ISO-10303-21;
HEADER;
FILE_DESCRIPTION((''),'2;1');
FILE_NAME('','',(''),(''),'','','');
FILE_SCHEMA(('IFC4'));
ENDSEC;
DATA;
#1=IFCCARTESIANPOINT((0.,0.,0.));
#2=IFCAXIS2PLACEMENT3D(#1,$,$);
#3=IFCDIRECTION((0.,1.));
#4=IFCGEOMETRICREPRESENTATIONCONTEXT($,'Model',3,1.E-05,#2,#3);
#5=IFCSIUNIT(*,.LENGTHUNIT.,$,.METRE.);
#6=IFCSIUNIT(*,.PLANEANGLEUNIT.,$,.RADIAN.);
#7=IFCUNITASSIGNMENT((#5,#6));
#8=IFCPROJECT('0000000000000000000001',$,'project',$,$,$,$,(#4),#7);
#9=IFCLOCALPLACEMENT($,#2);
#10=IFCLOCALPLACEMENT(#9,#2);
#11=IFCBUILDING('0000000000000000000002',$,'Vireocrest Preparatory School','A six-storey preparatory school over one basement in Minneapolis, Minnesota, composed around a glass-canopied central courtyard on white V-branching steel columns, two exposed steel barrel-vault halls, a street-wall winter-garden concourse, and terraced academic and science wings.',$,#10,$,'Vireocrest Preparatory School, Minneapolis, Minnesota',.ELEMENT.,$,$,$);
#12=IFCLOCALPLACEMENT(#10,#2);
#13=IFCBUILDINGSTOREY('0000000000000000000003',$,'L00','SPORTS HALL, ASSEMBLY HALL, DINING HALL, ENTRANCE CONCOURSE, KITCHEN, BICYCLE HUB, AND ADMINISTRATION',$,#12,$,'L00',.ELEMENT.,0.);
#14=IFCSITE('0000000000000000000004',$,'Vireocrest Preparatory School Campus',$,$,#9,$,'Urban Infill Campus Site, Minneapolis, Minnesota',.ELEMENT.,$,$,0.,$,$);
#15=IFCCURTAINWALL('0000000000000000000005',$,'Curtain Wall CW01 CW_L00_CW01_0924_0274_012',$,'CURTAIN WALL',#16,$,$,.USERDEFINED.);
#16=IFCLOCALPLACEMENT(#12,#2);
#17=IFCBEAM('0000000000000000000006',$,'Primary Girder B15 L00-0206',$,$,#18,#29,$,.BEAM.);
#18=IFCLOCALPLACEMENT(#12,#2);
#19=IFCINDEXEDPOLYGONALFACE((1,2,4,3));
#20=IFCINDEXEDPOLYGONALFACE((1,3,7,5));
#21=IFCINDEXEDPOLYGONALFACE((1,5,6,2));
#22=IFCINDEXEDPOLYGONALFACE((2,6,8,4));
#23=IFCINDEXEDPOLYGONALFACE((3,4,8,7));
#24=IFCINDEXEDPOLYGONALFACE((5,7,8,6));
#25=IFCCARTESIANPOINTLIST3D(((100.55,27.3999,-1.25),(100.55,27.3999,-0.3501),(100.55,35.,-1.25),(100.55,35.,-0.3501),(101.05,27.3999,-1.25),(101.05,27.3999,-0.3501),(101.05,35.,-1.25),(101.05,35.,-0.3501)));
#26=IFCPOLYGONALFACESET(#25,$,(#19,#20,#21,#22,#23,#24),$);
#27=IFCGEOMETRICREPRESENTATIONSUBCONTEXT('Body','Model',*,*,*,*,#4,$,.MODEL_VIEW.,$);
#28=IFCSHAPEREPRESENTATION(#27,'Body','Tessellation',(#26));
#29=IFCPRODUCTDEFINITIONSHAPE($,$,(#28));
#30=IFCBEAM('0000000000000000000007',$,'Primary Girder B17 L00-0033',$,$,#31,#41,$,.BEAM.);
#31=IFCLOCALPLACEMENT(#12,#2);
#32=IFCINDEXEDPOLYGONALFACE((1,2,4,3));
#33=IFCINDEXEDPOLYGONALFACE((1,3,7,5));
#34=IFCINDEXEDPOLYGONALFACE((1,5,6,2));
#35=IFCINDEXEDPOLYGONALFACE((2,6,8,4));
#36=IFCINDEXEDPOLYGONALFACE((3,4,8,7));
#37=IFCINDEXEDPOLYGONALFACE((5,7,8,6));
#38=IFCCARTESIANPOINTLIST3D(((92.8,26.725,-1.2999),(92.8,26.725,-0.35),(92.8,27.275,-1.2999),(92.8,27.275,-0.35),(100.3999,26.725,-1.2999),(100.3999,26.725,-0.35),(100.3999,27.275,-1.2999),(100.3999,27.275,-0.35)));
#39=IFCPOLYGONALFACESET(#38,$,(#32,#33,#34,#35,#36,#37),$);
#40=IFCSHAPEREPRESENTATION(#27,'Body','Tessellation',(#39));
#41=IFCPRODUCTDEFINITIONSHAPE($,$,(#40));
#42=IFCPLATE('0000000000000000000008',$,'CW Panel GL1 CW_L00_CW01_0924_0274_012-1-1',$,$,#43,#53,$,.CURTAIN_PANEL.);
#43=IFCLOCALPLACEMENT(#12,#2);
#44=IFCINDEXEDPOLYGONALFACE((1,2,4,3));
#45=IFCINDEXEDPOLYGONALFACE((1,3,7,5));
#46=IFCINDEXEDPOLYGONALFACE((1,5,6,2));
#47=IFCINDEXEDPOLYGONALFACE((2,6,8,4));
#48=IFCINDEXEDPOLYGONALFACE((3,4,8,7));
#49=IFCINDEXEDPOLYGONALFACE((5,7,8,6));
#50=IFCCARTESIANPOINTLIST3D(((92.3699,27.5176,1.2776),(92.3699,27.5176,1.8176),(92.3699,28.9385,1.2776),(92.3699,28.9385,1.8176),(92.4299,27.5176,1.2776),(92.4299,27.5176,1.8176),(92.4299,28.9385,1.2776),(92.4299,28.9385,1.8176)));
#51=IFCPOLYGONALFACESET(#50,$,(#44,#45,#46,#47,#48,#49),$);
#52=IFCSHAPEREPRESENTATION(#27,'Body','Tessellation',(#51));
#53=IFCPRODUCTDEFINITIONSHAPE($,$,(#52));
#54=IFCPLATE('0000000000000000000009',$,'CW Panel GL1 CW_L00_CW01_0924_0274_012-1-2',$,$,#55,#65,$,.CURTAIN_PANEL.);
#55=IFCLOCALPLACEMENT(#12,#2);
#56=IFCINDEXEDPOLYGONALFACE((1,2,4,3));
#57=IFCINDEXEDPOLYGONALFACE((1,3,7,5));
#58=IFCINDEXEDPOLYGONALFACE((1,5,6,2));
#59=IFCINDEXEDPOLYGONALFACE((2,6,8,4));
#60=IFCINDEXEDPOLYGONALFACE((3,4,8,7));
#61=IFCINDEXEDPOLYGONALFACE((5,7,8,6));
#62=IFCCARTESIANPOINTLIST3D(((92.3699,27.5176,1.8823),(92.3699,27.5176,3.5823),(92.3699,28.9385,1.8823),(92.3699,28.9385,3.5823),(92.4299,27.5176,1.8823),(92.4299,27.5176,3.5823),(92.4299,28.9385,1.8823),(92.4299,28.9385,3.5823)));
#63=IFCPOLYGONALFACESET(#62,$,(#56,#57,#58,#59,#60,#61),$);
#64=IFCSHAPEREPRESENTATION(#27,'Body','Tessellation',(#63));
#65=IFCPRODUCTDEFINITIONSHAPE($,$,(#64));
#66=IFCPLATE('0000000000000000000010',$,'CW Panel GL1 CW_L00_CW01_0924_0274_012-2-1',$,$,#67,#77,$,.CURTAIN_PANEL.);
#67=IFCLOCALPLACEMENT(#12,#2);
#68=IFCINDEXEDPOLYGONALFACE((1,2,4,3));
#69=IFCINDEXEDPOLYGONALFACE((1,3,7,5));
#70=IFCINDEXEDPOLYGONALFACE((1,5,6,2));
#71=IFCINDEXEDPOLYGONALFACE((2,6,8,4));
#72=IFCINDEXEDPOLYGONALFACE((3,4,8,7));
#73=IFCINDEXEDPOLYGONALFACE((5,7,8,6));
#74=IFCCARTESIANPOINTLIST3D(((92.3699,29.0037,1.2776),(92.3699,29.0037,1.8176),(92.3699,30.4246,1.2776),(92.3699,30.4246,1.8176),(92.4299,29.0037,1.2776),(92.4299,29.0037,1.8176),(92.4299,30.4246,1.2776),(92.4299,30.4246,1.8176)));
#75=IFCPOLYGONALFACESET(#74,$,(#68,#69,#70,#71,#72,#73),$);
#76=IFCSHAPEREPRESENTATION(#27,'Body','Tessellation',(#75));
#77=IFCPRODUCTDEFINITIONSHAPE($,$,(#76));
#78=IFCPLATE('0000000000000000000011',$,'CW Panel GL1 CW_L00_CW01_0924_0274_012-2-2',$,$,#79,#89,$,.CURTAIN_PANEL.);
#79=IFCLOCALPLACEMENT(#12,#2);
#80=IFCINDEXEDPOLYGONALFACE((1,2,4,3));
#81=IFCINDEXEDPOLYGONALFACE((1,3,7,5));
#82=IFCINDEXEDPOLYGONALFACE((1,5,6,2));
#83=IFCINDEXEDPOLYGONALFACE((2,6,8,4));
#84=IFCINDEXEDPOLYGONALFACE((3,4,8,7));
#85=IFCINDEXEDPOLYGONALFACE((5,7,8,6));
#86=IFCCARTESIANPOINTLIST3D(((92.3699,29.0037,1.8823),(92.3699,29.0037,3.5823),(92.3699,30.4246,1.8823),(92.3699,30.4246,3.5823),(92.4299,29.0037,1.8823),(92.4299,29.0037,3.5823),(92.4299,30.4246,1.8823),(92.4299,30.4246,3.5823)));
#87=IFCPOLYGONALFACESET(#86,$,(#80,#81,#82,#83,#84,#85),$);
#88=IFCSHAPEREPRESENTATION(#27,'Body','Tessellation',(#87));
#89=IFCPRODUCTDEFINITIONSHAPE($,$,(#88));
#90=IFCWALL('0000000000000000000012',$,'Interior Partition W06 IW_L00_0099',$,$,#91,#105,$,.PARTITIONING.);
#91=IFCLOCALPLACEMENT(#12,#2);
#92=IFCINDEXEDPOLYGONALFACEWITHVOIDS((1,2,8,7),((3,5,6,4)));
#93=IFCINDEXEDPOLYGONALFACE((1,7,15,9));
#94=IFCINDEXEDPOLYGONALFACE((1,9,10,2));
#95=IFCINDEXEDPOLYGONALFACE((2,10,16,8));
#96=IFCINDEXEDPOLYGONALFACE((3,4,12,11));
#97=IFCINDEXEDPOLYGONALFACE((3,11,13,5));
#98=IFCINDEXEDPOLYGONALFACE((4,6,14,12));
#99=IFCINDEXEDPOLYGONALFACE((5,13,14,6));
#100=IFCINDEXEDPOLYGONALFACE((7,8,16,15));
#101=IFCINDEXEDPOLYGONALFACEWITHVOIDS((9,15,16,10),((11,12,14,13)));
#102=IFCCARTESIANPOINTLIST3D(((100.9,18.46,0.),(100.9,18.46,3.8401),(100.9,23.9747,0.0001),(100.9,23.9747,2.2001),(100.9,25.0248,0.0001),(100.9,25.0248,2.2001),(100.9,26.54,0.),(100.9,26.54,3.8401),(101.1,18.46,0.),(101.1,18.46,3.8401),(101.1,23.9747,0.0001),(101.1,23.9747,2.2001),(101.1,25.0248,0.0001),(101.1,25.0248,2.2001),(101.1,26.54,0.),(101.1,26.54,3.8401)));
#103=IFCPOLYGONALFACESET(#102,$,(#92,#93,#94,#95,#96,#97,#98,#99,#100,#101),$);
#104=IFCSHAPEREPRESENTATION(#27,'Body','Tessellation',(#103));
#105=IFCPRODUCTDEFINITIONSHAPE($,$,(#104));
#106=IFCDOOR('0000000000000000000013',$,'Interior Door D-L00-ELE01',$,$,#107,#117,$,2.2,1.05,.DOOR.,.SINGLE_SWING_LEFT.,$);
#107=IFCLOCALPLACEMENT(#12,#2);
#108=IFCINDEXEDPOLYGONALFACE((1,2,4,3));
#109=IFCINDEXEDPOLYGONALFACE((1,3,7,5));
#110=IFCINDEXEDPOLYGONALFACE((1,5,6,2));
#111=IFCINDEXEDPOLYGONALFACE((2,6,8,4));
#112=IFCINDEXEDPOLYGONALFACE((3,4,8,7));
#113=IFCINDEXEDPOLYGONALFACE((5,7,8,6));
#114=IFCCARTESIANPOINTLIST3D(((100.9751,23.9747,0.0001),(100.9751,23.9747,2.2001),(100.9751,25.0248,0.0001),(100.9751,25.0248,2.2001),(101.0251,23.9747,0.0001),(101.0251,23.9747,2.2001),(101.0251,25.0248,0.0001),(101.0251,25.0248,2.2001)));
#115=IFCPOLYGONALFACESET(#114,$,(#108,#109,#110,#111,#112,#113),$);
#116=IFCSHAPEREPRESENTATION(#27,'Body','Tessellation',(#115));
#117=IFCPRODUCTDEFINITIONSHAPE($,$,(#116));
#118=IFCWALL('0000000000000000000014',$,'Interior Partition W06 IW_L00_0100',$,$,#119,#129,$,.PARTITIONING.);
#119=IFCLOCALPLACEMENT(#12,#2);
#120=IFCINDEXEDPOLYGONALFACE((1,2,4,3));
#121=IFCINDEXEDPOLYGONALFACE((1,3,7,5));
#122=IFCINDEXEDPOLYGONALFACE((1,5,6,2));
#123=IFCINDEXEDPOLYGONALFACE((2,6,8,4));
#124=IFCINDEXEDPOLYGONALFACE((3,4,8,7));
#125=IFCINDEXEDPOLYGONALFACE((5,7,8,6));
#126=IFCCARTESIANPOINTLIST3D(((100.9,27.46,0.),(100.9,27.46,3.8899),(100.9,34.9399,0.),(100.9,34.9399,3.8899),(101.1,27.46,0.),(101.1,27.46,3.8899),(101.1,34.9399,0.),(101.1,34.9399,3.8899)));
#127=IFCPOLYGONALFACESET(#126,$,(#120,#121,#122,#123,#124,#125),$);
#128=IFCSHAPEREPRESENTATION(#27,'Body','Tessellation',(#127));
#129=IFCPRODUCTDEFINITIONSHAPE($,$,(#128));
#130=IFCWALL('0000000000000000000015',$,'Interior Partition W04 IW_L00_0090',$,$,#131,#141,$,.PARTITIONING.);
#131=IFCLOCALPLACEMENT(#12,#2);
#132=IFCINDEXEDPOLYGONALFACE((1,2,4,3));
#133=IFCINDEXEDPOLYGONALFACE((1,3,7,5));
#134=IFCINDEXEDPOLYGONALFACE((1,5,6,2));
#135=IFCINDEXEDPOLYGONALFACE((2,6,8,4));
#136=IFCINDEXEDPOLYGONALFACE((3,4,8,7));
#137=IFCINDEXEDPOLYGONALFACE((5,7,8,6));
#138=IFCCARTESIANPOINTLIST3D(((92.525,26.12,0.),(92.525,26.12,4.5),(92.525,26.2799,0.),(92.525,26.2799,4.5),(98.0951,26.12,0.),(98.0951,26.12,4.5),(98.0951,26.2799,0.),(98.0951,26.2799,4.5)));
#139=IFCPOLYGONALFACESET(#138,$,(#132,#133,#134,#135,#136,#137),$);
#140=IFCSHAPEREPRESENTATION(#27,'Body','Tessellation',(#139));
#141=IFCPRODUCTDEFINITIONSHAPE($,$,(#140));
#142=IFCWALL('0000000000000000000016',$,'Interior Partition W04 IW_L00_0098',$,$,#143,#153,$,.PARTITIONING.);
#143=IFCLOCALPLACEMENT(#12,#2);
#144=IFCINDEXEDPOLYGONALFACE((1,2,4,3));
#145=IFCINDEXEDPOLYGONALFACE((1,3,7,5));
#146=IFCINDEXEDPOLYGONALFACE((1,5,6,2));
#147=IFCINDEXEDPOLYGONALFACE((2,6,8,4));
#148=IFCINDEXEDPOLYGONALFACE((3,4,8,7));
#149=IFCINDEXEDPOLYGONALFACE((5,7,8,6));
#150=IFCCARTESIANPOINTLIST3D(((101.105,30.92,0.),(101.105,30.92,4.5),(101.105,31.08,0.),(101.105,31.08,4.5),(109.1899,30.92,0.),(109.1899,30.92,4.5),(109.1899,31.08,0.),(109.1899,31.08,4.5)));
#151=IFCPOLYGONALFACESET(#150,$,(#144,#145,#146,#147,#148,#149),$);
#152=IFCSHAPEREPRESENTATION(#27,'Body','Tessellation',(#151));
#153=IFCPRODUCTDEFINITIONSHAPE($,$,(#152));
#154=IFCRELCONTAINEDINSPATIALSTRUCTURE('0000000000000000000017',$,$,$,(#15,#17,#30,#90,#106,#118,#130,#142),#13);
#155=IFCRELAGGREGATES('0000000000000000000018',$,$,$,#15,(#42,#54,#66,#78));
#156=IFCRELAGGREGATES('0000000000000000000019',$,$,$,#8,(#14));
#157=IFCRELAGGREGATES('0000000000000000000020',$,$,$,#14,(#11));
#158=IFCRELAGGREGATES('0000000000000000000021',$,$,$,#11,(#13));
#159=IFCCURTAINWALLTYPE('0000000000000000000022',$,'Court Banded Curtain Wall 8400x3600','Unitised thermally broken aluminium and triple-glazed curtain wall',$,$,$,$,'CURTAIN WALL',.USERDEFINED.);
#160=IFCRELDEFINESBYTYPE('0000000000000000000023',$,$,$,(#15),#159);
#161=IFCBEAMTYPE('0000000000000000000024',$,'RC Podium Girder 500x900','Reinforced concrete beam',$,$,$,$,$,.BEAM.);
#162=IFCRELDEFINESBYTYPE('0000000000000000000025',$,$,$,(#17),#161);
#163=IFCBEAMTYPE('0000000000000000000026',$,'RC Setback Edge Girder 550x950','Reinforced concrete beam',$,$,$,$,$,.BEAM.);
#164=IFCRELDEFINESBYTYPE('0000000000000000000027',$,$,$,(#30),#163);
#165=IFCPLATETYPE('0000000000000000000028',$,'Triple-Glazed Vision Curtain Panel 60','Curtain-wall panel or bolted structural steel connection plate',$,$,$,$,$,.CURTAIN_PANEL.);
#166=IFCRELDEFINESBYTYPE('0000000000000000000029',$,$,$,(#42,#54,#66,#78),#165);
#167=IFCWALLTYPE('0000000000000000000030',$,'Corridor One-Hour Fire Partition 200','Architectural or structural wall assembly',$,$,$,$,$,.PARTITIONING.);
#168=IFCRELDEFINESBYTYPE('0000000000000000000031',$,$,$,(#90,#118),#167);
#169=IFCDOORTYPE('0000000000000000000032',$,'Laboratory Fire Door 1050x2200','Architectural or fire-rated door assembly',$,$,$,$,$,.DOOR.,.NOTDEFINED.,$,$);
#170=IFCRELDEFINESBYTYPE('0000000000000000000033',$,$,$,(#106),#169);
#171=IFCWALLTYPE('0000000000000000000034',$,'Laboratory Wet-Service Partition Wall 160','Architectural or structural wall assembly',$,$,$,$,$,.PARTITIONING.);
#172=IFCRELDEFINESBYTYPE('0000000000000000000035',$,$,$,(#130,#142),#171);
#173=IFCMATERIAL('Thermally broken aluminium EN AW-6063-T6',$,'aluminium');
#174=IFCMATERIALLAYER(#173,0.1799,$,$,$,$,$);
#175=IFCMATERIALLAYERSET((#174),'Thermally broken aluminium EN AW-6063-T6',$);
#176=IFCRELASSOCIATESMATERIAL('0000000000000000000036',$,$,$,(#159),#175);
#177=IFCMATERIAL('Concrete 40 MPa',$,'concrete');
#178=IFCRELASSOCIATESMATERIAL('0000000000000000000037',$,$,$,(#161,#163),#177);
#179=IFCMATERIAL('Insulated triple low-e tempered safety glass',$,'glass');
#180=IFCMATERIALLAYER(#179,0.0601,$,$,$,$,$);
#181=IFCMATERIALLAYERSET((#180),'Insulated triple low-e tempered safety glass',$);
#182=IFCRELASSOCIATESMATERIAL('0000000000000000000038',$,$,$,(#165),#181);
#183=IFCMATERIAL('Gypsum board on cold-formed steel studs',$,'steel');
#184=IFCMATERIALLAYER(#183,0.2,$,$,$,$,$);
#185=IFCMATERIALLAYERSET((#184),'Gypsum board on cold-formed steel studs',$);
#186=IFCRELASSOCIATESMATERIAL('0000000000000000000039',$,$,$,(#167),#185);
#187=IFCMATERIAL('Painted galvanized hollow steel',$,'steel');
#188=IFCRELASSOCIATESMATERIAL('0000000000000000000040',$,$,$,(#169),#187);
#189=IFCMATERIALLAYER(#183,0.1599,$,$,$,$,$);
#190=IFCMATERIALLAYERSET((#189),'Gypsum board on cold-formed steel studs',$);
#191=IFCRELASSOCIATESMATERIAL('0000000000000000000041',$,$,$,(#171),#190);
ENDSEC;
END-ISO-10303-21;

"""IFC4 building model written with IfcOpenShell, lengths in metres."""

from ifc_helpers import new_model, si_unit, direction, frame, frame_2d, origin, origin_2d, place, context, subcontext, project, spatial, rectangle, extrude, material, layer, layer_set, material_profile, profile_set, type_object, element, fill, aggregate, save


model = new_model("IFC4")

# Units and contexts
model_context = context("Model", 3, precision=1e-05, world=origin(), true_north=direction((0.0, 1.0)))
body_context = subcontext(model_context, "Body", "Model", "MODEL_VIEW")
ifc_project = project(units=[si_unit("LENGTHUNIT", "METRE"), si_unit("PLANEANGLEUNIT", "RADIAN")], contexts=[model_context])

# Site, building, storey
site_placement = place(None, origin())
site = spatial("IfcSite", under=ifc_project, at=site_placement, Name="Vireocrest Preparatory School Campus", LongName="Urban Infill Campus Site, Minneapolis, Minnesota", CompositionType="ELEMENT", RefElevation=0.0)
building_placement = place(site_placement, origin())
building = spatial("IfcBuilding", under=site, at=building_placement, Name="Vireocrest Preparatory School", Description="A six-storey preparatory school over one basement in Minneapolis, Minnesota, composed around a glass-canopied central courtyard on white V-branching steel columns, two exposed steel barrel-vault halls, a street-wall winter-garden concourse, and terraced academic and science wings.", LongName="Vireocrest Preparatory School, Minneapolis, Minnesota", CompositionType="ELEMENT")
storey_placement = place(building_placement, origin())
storey = spatial("IfcBuildingStorey", under=building, at=storey_placement, Name="L00", Description="SPORTS HALL, ASSEMBLY HALL, DINING HALL, ENTRANCE CONCOURSE, KITCHEN, BICYCLE HUB, AND ADMINISTRATION", LongName="L00", CompositionType="ELEMENT", Elevation=0.0)

# Curtain wall
ifc_material_1 = material(Name="Thermally broken aluminium EN AW-6063-T6", Category="aluminium")
ifc_layer_1 = layer(ifc_material_1, 0.1799)
ifc_layer_set_1 = layer_set([ifc_layer_1], Name="Thermally broken aluminium EN AW-6063-T6")
curtain_wall_type = type_object("IfcCurtainWallType", Name="Court Banded Curtain Wall 8400x3600", Description="Unitised thermally broken aluminium and triple-glazed curtain wall", ElementType="CURTAIN WALL", PredefinedType="USERDEFINED", material=ifc_layer_set_1)
curtain_wall_placement = place(storey_placement, origin())
curtain_wall = element("IfcCurtainWall", 1, at=curtain_wall_placement, inside=storey, type_object=curtain_wall_type, Name="Curtain Wall CW01 CW_L00_CW01_0924_0274_012", ObjectType="CURTAIN WALL", PredefinedType="USERDEFINED")

# Beams
ifc_material_2 = material(Name="Concrete 40 MPa", Category="concrete")
ifc_material_profile_1 = material_profile(ifc_material_2, rectangle(XDim=0.5, YDim=0.8999, at=origin_2d()), Name="RC 500x900")
ifc_profile_set_1 = profile_set([ifc_material_profile_1], Name="Concrete 40 MPa")
beam_type_1 = type_object("IfcBeamType", Name="RC Podium Girder 500x900", Description="Reinforced concrete beam", PredefinedType="BEAM", material=ifc_profile_set_1)
beam_1_placement = place(storey_placement, frame((100.8, 27.3999, -0.8), z_axis=(0.0, 1.0, 0.0), x_axis=(-1.0, 0.0, 0.0)))
element("IfcBeam", 2, at=beam_1_placement, inside=storey, type_object=beam_type_1, Name="Primary Girder B15 L00-0206", PredefinedType="BEAM", context=body_context, shape_type="SweptSolid", body=[
    extrude(rectangle(XDim=0.5, YDim=0.8999, at=origin_2d()), origin(), (0.0, 0.0, 1.0), 7.6001),
])
ifc_material_profile_2 = material_profile(ifc_material_2, rectangle(XDim=0.55, YDim=0.95, at=origin_2d()), Name="RC 550x950")
ifc_profile_set_2 = profile_set([ifc_material_profile_2], Name="Concrete 40 MPa")
beam_type_2 = type_object("IfcBeamType", Name="RC Setback Edge Girder 550x950", Description="Reinforced concrete beam", PredefinedType="BEAM", material=ifc_profile_set_2)
beam_2_placement = place(storey_placement, frame((92.8, 27.0, -0.825), z_axis=(1.0, 0.0, 0.0), x_axis=(0.0, 1.0, 0.0)))
element("IfcBeam", 3, at=beam_2_placement, inside=storey, type_object=beam_type_2, Name="Primary Girder B17 L00-0033", PredefinedType="BEAM", context=body_context, shape_type="SweptSolid", body=[
    extrude(rectangle(XDim=0.55, YDim=0.95, at=origin_2d()), origin(), (0.0, 0.0, 1.0), 7.5999),
])

# Plates
ifc_material_3 = material(Name="Insulated triple low-e tempered safety glass", Category="glass")
ifc_layer_2 = layer(ifc_material_3, 0.0601)
ifc_layer_set_2 = layer_set([ifc_layer_2], Name="Insulated triple low-e tempered safety glass")
plate_type = type_object("IfcPlateType", Name="Triple-Glazed Vision Curtain Panel 60", Description="Curtain-wall panel or bolted structural steel connection plate", PredefinedType="CURTAIN_PANEL", material=ifc_layer_set_2)
plate_1_placement = place(storey_placement, frame((92.3999, 28.228, 1.2776), z_axis=(0.0, 0.0, 1.0), x_axis=(0.0, 1.0, 0.0)))
plate_1 = element("IfcPlate", 4, at=plate_1_placement, type_object=plate_type, Name="CW Panel GL1 CW_L00_CW01_0924_0274_012-1-1", PredefinedType="CURTAIN_PANEL", context=body_context, shape_type="SweptSolid", body=[
    extrude(rectangle(XDim=1.4209, YDim=0.0601, at=origin_2d()), origin(), (0.0, 0.0, 1.0), 0.54),
])
plate_2_placement = place(storey_placement, frame((92.3999, 28.228, 1.8823), z_axis=(0.0, 0.0, 1.0), x_axis=(0.0, 1.0, 0.0)))
plate_2 = element("IfcPlate", 5, at=plate_2_placement, type_object=plate_type, Name="CW Panel GL1 CW_L00_CW01_0924_0274_012-1-2", PredefinedType="CURTAIN_PANEL", context=body_context, shape_type="SweptSolid", body=[
    extrude(rectangle(XDim=1.4209, YDim=0.0601, at=origin_2d()), origin(), (0.0, 0.0, 1.0), 1.7),
])
plate_3_placement = place(storey_placement, frame((92.3999, 29.7141, 1.2776), z_axis=(0.0, 0.0, 1.0), x_axis=(0.0, 1.0, 0.0)))
plate_3 = element("IfcPlate", 6, at=plate_3_placement, type_object=plate_type, Name="CW Panel GL1 CW_L00_CW01_0924_0274_012-2-1", PredefinedType="CURTAIN_PANEL", context=body_context, shape_type="SweptSolid", body=[
    extrude(rectangle(XDim=1.4209, YDim=0.0601, at=origin_2d()), origin(), (0.0, 0.0, 1.0), 0.54),
])
plate_4_placement = place(storey_placement, frame((92.3999, 29.7141, 1.8823), z_axis=(0.0, 0.0, 1.0), x_axis=(0.0, 1.0, 0.0)))
plate_4 = element("IfcPlate", 7, at=plate_4_placement, type_object=plate_type, Name="CW Panel GL1 CW_L00_CW01_0924_0274_012-2-2", PredefinedType="CURTAIN_PANEL", context=body_context, shape_type="SweptSolid", body=[
    extrude(rectangle(XDim=1.4209, YDim=0.0601, at=origin_2d()), origin(), (0.0, 0.0, 1.0), 1.7),
])
aggregate(curtain_wall, [plate_1, plate_2, plate_3, plate_4])

# Wall, opening, door
ifc_material_4 = material(Name="Gypsum board on cold-formed steel studs", Category="steel")
ifc_layer_3 = layer(ifc_material_4, 0.2)
ifc_layer_set_3 = layer_set([ifc_layer_3], Name="Gypsum board on cold-formed steel studs")
wall_type_1 = type_object("IfcWallType", Name="Corridor One-Hour Fire Partition 200", Description="Architectural or structural wall assembly", PredefinedType="PARTITIONING", material=ifc_layer_set_3)
wall_1_placement = place(storey_placement, frame((101.0, 18.46, 0.0), z_axis=(0.0, 0.0, 1.0), x_axis=(0.0, 1.0, 0.0)))
wall_1 = element("IfcWall", 8, at=wall_1_placement, inside=storey, type_object=wall_type_1, Name="Interior Partition W06 IW_L00_0099", PredefinedType="PARTITIONING", context=body_context, shape_type="SweptSolid", body=[
    extrude(rectangle(XDim=8.0801, YDim=0.2, at=frame_2d((4.04, 0.0))), origin(), (0.0, 0.0, 1.0), 3.8401),
])
opening_1_placement = place(wall_1_placement, frame((5.5149, 0.0, 0.0)))
opening_1 = element("IfcOpeningElement", 9, at=opening_1_placement, cuts=wall_1, PredefinedType="OPENING", context=body_context, shape_type="SweptSolid", body=[
    extrude(rectangle(XDim=1.05, YDim=2.2, at=frame_2d((0.5249, 1.1001))), frame((0.0, 0.1099, 0.0), z_axis=(0.0, -1.0, 0.0), x_axis=(1.0, 0.0, 0.0)), (0.0, 0.0, 1.0), 0.22),
])
ifc_material_5 = material(Name="Painted galvanized hollow steel", Category="steel")
door_type_1 = type_object("IfcDoorType", Name="Laboratory Fire Door 1050x2200", Description="Architectural or fire-rated door assembly", OperationType="NOTDEFINED", PredefinedType="DOOR", material=ifc_material_5)
door_1_placement = place(opening_1_placement, origin())
door_1 = element("IfcDoor", 10, at=door_1_placement, inside=storey, type_object=door_type_1, Name="Interior Door D-L00-ELE01", OperationType="SINGLE_SWING_LEFT", OverallHeight=2.2, OverallWidth=1.05, PredefinedType="DOOR", context=body_context, shape_type="SweptSolid", body=[
    extrude(rectangle(XDim=1.05, YDim=2.2, at=frame_2d((0.5249, 1.1001))), frame((0.0, 0.0249, 0.0), z_axis=(0.0, -1.0, 0.0), x_axis=(1.0, 0.0, 0.0)), (0.0, 0.0, 1.0), 0.05),
])
fill(opening_1, door_1)

# Walls
wall_2_placement = place(storey_placement, frame((101.0, 27.46, 0.0), z_axis=(0.0, 0.0, 1.0), x_axis=(0.0, 1.0, 0.0)))
element("IfcWall", 11, at=wall_2_placement, inside=storey, type_object=wall_type_1, Name="Interior Partition W06 IW_L00_0100", PredefinedType="PARTITIONING", context=body_context, shape_type="SweptSolid", body=[
    extrude(rectangle(XDim=7.48, YDim=0.2, at=frame_2d((3.74, 0.0))), origin(), (0.0, 0.0, 1.0), 3.8899),
])
ifc_layer_4 = layer(ifc_material_4, 0.1599)
ifc_layer_set_4 = layer_set([ifc_layer_4], Name="Gypsum board on cold-formed steel studs")
wall_type_2 = type_object("IfcWallType", Name="Laboratory Wet-Service Partition Wall 160", Description="Architectural or structural wall assembly", PredefinedType="PARTITIONING", material=ifc_layer_set_4)
wall_3_placement = place(storey_placement, frame((92.5249, 26.2, 0.0), z_axis=(0.0, 0.0, 1.0), x_axis=(1.0, 0.0, 0.0)))
element("IfcWall", 12, at=wall_3_placement, inside=storey, type_object=wall_type_2, Name="Interior Partition W04 IW_L00_0090", PredefinedType="PARTITIONING", context=body_context, shape_type="SweptSolid", body=[
    extrude(rectangle(XDim=5.5701, YDim=0.1599, at=frame_2d((2.7852, 0.0))), origin(), (0.0, 0.0, 1.0), 4.5),
])
wall_4_placement = place(storey_placement, frame((101.105, 31.0, 0.0), z_axis=(0.0, 0.0, 1.0), x_axis=(1.0, 0.0, 0.0)))
element("IfcWall", 13, at=wall_4_placement, inside=storey, type_object=wall_type_2, Name="Interior Partition W04 IW_L00_0098", PredefinedType="PARTITIONING", context=body_context, shape_type="SweptSolid", body=[
    extrude(rectangle(XDim=8.085, YDim=0.1599, at=frame_2d((4.0425, 0.0))), origin(), (0.0, 0.0, 1.0), 4.5),
])

save(model, "model.ifc")
